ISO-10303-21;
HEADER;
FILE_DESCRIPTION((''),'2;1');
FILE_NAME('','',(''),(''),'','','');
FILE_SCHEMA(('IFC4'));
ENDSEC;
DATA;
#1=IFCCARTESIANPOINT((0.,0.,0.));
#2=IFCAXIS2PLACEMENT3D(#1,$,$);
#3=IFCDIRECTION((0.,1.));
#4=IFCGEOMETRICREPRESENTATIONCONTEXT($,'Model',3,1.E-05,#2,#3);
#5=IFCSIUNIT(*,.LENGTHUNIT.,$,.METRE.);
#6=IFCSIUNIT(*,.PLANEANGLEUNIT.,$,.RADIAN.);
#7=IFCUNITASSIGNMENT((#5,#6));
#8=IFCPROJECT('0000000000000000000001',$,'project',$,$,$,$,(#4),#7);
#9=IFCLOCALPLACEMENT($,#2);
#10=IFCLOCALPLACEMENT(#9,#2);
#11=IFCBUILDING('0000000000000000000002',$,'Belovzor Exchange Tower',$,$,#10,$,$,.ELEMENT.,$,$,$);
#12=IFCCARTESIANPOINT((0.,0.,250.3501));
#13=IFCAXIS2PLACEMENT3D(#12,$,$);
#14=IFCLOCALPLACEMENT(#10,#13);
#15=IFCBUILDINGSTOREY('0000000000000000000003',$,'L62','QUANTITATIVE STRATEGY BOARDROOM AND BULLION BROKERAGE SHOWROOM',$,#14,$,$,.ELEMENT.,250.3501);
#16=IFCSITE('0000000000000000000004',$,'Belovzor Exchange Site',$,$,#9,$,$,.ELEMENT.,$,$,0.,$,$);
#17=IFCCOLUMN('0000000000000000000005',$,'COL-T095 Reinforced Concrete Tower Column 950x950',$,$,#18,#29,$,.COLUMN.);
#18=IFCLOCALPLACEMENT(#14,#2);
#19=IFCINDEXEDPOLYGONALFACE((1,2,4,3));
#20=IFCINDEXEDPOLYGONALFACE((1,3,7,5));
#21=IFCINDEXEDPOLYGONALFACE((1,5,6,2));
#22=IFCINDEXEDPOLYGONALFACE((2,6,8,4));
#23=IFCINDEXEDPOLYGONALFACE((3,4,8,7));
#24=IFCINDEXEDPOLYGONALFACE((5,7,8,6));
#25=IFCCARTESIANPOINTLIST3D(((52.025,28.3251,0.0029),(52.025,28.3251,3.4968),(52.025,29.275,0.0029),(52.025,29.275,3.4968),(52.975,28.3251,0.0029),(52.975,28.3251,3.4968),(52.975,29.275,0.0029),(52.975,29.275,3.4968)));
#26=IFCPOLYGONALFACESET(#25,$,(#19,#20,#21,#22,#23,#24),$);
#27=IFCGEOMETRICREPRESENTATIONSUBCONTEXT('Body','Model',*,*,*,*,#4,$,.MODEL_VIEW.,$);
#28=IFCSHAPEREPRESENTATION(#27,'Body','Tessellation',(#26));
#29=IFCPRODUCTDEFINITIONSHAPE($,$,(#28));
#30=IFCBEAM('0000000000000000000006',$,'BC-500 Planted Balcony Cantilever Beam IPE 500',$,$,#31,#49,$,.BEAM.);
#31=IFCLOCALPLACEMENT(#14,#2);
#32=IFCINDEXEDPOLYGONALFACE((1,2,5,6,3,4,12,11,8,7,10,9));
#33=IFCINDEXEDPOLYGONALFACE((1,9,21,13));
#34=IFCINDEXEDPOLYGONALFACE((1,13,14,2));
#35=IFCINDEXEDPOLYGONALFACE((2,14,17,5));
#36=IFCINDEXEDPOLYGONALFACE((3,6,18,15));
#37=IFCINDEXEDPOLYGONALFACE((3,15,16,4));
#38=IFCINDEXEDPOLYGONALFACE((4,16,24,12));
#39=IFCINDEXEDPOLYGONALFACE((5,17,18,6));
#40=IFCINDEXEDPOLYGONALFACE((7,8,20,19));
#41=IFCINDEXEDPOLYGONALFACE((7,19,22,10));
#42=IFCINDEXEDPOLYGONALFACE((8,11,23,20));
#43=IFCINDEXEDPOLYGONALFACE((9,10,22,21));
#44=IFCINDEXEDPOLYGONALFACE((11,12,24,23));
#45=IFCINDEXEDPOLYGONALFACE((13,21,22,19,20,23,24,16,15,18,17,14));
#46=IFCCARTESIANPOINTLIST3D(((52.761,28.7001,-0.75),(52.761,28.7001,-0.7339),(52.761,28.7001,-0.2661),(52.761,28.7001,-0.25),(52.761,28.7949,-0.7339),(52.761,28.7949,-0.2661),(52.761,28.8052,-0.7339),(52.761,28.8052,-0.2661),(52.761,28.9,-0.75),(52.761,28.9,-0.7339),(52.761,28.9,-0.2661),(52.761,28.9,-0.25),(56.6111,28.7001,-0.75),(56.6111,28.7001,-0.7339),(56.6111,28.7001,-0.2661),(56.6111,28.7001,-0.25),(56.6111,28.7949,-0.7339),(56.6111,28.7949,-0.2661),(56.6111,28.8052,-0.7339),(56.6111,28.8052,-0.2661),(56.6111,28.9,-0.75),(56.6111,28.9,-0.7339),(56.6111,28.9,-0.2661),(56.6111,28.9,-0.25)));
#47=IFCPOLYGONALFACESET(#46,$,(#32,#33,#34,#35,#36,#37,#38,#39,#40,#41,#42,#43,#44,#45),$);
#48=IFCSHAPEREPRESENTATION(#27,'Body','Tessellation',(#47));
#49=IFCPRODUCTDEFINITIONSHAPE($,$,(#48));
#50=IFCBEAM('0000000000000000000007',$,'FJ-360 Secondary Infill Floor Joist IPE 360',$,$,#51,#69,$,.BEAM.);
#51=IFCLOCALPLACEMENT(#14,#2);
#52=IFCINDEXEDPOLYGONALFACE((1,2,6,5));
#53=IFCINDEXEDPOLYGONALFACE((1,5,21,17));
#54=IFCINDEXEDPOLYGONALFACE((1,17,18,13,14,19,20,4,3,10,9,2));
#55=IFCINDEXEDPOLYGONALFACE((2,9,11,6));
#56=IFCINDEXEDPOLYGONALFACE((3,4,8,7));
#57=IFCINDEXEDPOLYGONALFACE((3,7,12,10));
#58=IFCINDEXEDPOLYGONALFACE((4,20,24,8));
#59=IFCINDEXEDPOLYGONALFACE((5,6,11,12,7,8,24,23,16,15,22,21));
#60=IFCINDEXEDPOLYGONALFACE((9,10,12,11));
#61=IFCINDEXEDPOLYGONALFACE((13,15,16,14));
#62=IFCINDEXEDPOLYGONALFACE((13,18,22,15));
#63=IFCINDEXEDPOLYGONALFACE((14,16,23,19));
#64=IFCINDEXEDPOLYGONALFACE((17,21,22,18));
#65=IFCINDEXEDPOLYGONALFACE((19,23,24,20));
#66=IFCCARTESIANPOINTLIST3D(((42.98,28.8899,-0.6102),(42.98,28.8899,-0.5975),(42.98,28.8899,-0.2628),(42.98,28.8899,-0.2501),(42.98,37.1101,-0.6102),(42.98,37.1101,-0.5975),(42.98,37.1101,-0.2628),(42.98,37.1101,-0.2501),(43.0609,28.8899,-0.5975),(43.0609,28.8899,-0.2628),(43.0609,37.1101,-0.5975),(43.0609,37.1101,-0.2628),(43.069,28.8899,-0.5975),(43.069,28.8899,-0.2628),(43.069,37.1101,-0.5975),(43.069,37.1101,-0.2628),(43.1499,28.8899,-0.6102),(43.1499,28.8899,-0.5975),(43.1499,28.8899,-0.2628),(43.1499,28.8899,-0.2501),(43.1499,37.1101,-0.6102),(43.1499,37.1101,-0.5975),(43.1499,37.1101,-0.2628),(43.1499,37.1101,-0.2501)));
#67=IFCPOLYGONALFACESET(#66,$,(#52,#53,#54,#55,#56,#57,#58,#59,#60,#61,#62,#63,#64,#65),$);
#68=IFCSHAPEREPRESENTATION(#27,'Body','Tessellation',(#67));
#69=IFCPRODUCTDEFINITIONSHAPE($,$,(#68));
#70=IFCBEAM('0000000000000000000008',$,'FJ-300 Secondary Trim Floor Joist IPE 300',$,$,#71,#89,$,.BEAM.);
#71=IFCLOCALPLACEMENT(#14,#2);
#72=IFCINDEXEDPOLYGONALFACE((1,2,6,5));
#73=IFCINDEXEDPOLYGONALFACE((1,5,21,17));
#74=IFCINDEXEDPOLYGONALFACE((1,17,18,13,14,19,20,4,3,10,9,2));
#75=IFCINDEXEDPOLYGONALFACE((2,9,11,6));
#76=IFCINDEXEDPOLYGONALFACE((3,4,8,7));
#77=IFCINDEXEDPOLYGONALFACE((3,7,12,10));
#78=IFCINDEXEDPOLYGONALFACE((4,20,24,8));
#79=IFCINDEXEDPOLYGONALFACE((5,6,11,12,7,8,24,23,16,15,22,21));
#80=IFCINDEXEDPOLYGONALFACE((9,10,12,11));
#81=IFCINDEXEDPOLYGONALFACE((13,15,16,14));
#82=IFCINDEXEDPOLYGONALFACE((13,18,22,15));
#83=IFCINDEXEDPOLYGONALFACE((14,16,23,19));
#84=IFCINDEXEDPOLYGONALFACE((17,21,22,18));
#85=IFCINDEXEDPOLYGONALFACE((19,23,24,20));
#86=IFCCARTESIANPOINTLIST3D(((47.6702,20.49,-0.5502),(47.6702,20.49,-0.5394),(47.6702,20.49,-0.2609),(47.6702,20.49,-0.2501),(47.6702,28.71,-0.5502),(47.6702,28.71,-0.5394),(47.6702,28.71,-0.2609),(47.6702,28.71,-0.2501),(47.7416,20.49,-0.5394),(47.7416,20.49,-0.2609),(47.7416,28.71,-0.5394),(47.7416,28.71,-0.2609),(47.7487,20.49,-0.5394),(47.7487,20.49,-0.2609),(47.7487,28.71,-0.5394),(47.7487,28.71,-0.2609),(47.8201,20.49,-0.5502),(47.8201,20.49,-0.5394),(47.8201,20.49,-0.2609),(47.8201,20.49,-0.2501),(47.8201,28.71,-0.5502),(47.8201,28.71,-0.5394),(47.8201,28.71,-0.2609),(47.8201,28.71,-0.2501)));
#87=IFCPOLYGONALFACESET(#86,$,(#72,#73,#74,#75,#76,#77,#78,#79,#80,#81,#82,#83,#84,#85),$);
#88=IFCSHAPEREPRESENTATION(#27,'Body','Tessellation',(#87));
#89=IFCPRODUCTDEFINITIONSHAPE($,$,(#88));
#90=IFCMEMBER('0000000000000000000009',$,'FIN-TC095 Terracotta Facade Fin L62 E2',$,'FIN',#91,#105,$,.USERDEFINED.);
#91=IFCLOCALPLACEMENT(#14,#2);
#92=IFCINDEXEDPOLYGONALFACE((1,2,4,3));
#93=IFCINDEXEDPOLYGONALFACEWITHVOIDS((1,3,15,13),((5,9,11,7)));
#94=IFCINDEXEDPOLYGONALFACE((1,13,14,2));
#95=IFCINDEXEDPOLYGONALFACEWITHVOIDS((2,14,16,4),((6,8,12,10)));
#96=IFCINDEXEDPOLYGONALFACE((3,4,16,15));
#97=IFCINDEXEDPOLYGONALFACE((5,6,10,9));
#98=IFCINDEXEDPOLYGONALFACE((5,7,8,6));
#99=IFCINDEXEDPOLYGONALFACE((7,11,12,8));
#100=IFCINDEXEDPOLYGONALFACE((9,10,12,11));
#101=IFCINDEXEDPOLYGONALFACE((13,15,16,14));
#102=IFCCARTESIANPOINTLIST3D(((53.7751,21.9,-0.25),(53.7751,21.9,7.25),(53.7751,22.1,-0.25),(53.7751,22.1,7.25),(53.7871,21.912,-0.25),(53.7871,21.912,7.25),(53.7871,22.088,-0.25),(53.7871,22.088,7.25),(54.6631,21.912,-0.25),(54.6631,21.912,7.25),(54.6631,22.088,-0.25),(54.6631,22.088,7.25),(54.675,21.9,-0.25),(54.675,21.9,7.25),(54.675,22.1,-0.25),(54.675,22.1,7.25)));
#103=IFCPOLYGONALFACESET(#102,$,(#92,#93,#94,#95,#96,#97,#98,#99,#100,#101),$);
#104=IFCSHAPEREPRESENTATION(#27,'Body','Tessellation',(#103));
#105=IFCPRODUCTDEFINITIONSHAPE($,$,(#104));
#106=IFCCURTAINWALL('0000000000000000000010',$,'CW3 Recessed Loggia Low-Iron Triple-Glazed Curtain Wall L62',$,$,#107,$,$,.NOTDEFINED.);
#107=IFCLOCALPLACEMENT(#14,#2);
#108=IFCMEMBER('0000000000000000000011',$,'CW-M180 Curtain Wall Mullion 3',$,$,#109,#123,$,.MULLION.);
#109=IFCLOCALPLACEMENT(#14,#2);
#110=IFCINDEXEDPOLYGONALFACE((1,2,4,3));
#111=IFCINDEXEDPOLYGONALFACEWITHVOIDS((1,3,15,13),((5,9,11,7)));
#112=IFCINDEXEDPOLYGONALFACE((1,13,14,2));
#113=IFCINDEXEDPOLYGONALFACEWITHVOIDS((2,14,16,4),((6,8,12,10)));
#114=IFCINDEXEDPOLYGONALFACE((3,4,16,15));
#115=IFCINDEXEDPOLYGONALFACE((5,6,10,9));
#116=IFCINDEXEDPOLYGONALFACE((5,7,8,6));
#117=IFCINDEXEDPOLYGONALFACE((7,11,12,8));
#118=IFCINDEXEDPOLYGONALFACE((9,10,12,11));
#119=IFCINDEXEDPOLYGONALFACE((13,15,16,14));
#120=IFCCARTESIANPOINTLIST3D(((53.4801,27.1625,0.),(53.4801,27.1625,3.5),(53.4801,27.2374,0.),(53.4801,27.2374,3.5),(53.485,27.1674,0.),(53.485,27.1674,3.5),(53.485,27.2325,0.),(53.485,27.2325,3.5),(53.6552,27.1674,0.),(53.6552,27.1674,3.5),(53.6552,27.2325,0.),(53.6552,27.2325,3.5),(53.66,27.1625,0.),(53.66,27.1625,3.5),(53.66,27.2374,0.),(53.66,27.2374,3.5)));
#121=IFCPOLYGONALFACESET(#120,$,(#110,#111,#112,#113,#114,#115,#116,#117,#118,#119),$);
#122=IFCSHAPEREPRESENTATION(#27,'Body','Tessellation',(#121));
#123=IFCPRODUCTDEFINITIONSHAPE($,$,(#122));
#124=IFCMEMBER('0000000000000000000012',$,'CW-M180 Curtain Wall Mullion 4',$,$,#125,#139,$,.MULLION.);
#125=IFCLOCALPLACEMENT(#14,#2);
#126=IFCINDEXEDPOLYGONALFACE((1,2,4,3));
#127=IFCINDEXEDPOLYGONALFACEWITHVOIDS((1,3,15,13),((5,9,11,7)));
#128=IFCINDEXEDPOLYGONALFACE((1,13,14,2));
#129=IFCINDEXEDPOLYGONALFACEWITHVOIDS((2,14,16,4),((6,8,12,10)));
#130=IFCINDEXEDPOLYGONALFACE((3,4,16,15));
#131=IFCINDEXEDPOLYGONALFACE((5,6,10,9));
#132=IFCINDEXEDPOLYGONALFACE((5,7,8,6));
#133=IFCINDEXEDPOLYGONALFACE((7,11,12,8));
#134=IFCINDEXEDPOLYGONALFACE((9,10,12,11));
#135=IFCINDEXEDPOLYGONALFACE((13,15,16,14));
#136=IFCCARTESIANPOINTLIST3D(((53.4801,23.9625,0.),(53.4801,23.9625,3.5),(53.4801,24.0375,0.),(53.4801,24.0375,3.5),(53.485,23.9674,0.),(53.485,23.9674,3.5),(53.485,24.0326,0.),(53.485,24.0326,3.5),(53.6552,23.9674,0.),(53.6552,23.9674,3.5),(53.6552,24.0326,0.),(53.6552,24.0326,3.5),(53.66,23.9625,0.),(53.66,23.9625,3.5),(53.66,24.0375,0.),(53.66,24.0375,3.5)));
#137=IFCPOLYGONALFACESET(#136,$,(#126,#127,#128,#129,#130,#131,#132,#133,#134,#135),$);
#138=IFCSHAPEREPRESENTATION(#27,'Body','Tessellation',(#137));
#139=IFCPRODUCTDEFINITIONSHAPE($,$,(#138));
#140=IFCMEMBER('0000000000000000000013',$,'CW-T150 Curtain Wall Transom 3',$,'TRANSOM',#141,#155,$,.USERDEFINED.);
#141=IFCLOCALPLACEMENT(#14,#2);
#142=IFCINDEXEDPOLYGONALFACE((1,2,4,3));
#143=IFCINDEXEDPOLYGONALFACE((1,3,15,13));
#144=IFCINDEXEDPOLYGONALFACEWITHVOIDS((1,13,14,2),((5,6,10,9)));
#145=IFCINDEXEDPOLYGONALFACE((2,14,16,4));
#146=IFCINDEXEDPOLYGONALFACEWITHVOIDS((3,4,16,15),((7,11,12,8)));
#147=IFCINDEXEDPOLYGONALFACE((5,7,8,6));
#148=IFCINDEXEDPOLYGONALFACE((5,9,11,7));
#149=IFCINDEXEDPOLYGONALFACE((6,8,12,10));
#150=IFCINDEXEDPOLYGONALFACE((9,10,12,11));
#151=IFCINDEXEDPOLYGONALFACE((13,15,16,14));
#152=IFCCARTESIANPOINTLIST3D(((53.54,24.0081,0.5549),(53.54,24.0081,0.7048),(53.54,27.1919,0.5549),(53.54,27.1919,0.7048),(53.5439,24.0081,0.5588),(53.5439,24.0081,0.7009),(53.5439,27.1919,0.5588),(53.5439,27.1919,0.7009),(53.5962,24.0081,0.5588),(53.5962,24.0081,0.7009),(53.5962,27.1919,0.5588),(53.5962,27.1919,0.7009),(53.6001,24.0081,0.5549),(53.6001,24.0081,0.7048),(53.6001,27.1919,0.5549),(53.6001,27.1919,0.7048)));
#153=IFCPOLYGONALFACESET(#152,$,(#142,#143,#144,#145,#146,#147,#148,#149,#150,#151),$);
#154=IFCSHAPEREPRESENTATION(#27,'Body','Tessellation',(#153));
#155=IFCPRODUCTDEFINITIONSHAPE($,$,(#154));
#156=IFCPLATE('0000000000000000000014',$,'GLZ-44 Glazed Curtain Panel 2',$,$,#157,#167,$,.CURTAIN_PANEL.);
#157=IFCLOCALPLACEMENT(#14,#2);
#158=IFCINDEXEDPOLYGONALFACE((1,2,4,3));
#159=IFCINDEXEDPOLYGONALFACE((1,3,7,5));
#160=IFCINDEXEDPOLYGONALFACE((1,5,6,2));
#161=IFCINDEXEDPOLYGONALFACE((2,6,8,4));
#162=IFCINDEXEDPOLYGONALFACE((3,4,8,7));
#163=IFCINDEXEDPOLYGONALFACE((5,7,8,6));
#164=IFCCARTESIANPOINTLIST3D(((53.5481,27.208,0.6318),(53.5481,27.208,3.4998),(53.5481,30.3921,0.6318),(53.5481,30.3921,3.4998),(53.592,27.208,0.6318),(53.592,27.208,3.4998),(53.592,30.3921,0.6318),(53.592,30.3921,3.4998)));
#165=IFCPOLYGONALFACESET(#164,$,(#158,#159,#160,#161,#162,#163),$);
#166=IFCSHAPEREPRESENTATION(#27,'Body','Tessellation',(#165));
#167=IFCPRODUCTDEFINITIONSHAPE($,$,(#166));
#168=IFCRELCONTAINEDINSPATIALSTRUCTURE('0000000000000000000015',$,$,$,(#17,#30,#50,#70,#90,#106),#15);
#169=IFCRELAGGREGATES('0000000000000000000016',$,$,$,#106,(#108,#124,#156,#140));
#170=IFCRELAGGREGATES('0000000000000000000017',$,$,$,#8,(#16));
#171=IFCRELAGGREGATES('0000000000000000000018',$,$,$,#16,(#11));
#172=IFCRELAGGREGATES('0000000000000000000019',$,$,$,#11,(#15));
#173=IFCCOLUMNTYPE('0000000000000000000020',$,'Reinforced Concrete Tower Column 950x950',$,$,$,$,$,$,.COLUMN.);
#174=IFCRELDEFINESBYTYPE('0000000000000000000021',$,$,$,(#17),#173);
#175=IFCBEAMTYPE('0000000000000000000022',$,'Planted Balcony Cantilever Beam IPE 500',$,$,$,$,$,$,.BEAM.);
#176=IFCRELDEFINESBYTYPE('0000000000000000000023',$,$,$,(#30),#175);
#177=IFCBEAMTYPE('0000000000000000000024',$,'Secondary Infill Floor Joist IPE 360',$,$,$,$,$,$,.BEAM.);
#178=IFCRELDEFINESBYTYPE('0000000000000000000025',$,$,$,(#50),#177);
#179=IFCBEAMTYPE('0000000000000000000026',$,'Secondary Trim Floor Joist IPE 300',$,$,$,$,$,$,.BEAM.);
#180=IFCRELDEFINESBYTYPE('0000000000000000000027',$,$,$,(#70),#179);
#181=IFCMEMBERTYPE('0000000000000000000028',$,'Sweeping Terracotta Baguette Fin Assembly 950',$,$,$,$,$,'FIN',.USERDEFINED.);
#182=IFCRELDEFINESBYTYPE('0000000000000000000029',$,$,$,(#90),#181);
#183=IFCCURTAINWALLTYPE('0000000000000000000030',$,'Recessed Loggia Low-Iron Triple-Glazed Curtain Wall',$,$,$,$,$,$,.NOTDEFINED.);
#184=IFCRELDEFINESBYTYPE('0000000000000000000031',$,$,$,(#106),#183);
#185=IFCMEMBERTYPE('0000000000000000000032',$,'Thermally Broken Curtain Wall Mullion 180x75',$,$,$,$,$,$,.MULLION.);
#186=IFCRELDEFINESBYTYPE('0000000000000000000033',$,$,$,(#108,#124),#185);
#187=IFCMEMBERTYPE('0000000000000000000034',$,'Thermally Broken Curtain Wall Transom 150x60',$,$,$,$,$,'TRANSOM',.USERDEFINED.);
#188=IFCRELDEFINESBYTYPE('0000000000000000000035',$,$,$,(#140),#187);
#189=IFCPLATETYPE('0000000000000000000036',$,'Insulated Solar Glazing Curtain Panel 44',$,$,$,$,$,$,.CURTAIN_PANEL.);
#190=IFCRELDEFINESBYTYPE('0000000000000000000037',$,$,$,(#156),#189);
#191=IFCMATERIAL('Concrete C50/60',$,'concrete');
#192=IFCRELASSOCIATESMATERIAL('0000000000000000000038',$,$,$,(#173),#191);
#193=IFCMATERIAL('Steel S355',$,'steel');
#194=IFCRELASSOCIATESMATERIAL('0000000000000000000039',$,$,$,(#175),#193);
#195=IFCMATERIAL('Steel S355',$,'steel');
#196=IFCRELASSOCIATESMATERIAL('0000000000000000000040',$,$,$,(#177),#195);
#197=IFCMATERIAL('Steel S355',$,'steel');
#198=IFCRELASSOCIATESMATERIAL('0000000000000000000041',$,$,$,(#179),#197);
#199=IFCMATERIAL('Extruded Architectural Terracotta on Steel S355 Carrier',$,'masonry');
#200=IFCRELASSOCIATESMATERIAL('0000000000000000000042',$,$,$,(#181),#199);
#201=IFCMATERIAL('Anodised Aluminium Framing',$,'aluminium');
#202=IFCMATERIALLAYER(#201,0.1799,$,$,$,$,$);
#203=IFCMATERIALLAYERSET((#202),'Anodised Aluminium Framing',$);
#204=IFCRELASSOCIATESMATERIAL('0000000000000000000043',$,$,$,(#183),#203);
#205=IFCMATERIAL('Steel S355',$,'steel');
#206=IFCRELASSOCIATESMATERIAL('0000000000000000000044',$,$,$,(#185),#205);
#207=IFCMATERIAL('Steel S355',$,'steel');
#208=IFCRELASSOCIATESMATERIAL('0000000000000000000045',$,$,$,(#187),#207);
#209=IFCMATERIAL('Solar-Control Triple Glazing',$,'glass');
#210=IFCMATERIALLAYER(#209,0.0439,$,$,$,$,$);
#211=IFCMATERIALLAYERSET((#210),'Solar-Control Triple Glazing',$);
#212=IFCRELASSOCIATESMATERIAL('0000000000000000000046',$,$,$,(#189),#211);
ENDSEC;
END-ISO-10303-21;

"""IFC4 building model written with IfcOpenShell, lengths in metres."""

from ifc_helpers import new_model, si_unit, direction, frame, origin, origin_2d, place, context, subcontext, project, spatial, rectangle, hollow_rectangle, i_section, extrude, material, layer, layer_set, material_profile, profile_set, type_object, element, aggregate, save


model = new_model("IFC4")

# Units and contexts
model_context = context("Model", 3, precision=1e-05, world=origin(), true_north=direction((0.0, 1.0)))
body_context = subcontext(model_context, "Body", "Model", "MODEL_VIEW")
ifc_project = project(units=[si_unit("LENGTHUNIT", "METRE"), si_unit("PLANEANGLEUNIT", "RADIAN")], contexts=[model_context])

# Site, building, storey
site_placement = place(None, origin())
site = spatial("IfcSite", under=ifc_project, at=site_placement, Name="Belovzor Exchange Site", CompositionType="ELEMENT", RefElevation=0.0)
building_placement = place(site_placement, origin())
building = spatial("IfcBuilding", under=site, at=building_placement, Name="Belovzor Exchange Tower", CompositionType="ELEMENT")
storey_placement = place(building_placement, frame((0.0, 0.0, 250.3501)))
storey = spatial("IfcBuildingStorey", under=building, at=storey_placement, Name="L62", Description="QUANTITATIVE STRATEGY BOARDROOM AND BULLION BROKERAGE SHOWROOM", CompositionType="ELEMENT", Elevation=250.3501)

# Column
ifc_material_1 = material(Name="Concrete C50/60", Category="concrete")
ifc_material_profile_1 = material_profile(ifc_material_1, rectangle(XDim=0.95, YDim=0.95, at=origin_2d()))
ifc_profile_set_1 = profile_set([ifc_material_profile_1], Name="Concrete C50/60")
column_type = type_object("IfcColumnType", Name="Reinforced Concrete Tower Column 950x950", PredefinedType="COLUMN", material=ifc_profile_set_1)
column_placement = place(storey_placement, frame((52.5, 28.8, 0.0029), z_axis=(0.0, 0.0, 1.0), x_axis=(1.0, 0.0, 0.0)))
element("IfcColumn", 1, at=column_placement, inside=storey, type_object=column_type, Name="COL-T095 Reinforced Concrete Tower Column 950x950", PredefinedType="COLUMN", context=body_context, shape_type="SweptSolid", body=[
    extrude(rectangle(XDim=0.95, YDim=0.95, at=origin_2d()), origin(), (0.0, 0.0, 1.0), 3.4939),
])

# Beams
ifc_material_2 = material(Name="Steel S355", Category="steel")
ifc_material_profile_2 = material_profile(ifc_material_2, i_section(OverallWidth=0.2, OverallDepth=0.5, WebThickness=0.0103, FlangeThickness=0.0161, at=origin_2d()))
ifc_profile_set_2 = profile_set([ifc_material_profile_2], Name="Steel S355")
beam_type_1 = type_object("IfcBeamType", Name="Planted Balcony Cantilever Beam IPE 500", PredefinedType="BEAM", material=ifc_profile_set_2)
beam_1_placement = place(storey_placement, frame((52.761, 28.8, -0.5), z_axis=(1.0, 0.0, 0.0), x_axis=(0.0, 1.0, 0.0)))
element("IfcBeam", 2, at=beam_1_placement, inside=storey, type_object=beam_type_1, Name="BC-500 Planted Balcony Cantilever Beam IPE 500", PredefinedType="BEAM", context=body_context, shape_type="SweptSolid", body=[
    extrude(i_section(OverallWidth=0.2, OverallDepth=0.5, WebThickness=0.0103, FlangeThickness=0.0161, at=origin_2d()), origin(), (0.0, 0.0, 1.0), 3.8501),
])
ifc_material_3 = material(Name="Steel S355", Category="steel")
ifc_material_profile_3 = material_profile(ifc_material_3, i_section(OverallWidth=0.1699, OverallDepth=0.3601, WebThickness=0.0081, FlangeThickness=0.0127, at=origin_2d()))
ifc_profile_set_3 = profile_set([ifc_material_profile_3], Name="Steel S355")
beam_type_2 = type_object("IfcBeamType", Name="Secondary Infill Floor Joist IPE 360", PredefinedType="BEAM", material=ifc_profile_set_3)
beam_2_placement = place(storey_placement, frame((43.0649, 28.8899, -0.4302), z_axis=(0.0, 1.0, 0.0), x_axis=(-1.0, 0.0, 0.0)))
element("IfcBeam", 3, at=beam_2_placement, inside=storey, type_object=beam_type_2, Name="FJ-360 Secondary Infill Floor Joist IPE 360", PredefinedType="BEAM", context=body_context, shape_type="SweptSolid", body=[
    extrude(i_section(OverallWidth=0.1699, OverallDepth=0.3601, WebThickness=0.0081, FlangeThickness=0.0127, at=origin_2d()), origin(), (0.0, 0.0, 1.0), 8.2202),
])
ifc_material_4 = material(Name="Steel S355", Category="steel")
ifc_material_profile_4 = material_profile(ifc_material_4, i_section(OverallWidth=0.1499, OverallDepth=0.3, WebThickness=0.0071, FlangeThickness=0.0107, at=origin_2d()))
ifc_profile_set_4 = profile_set([ifc_material_profile_4], Name="Steel S355")
beam_type_3 = type_object("IfcBeamType", Name="Secondary Trim Floor Joist IPE 300", PredefinedType="BEAM", material=ifc_profile_set_4)
beam_3_placement = place(storey_placement, frame((47.7451, 20.49, -0.4001), z_axis=(0.0, 1.0, 0.0), x_axis=(-1.0, 0.0, 0.0)))
element("IfcBeam", 4, at=beam_3_placement, inside=storey, type_object=beam_type_3, Name="FJ-300 Secondary Trim Floor Joist IPE 300", PredefinedType="BEAM", context=body_context, shape_type="SweptSolid", body=[
    extrude(i_section(OverallWidth=0.1499, OverallDepth=0.3, WebThickness=0.0071, FlangeThickness=0.0107, at=origin_2d()), origin(), (0.0, 0.0, 1.0), 8.22),
])

# Member
ifc_material_5 = material(Name="Extruded Architectural Terracotta on Steel S355 Carrier", Category="masonry")
ifc_material_profile_5 = material_profile(ifc_material_5, hollow_rectangle(XDim=0.2, YDim=0.8999, WallThickness=0.012, at=origin_2d()))
ifc_profile_set_5 = profile_set([ifc_material_profile_5], Name="Extruded Architectural Terracotta on Steel S355 Carrier")
member_type_1 = type_object("IfcMemberType", Name="Sweeping Terracotta Baguette Fin Assembly 950", ElementType="FIN", PredefinedType="USERDEFINED", material=ifc_profile_set_5)
member_1_placement = place(storey_placement, frame((54.2251, 22.0, -0.25), z_axis=(0.0, 0.0, 1.0), x_axis=(0.0, 1.0, 0.0)))
element("IfcMember", 5, at=member_1_placement, inside=storey, type_object=member_type_1, Name="FIN-TC095 Terracotta Facade Fin L62 E2", ObjectType="FIN", PredefinedType="USERDEFINED", context=body_context, shape_type="SweptSolid", body=[
    extrude(hollow_rectangle(XDim=0.2, YDim=0.8999, WallThickness=0.012, at=origin_2d()), origin(), (0.0, 0.0, 1.0), 7.5),
])

# Curtain wall, members, plate
ifc_material_6 = material(Name="Anodised Aluminium Framing", Category="aluminium")
ifc_layer_1 = layer(ifc_material_6, 0.1799)
ifc_layer_set_1 = layer_set([ifc_layer_1], Name="Anodised Aluminium Framing")
curtain_wall_type = type_object("IfcCurtainWallType", Name="Recessed Loggia Low-Iron Triple-Glazed Curtain Wall", PredefinedType="NOTDEFINED", material=ifc_layer_set_1)
curtain_wall_placement = place(storey_placement, origin())
curtain_wall = element("IfcCurtainWall", 6, at=curtain_wall_placement, inside=storey, type_object=curtain_wall_type, Name="CW3 Recessed Loggia Low-Iron Triple-Glazed Curtain Wall L62", PredefinedType="NOTDEFINED")
ifc_material_7 = material(Name="Steel S355", Category="steel")
ifc_material_profile_6 = material_profile(ifc_material_7, hollow_rectangle(XDim=0.075, YDim=0.1799, WallThickness=0.0049, at=origin_2d()))
ifc_profile_set_6 = profile_set([ifc_material_profile_6], Name="Steel S355")
member_type_2 = type_object("IfcMemberType", Name="Thermally Broken Curtain Wall Mullion 180x75", PredefinedType="MULLION", material=ifc_profile_set_6)
member_2_placement = place(storey_placement, frame((53.5701, 27.2, 0.0), z_axis=(0.0, 0.0, 1.0), x_axis=(0.0, -1.0, 0.0)))
member_2 = element("IfcMember", 7, at=member_2_placement, type_object=member_type_2, Name="CW-M180 Curtain Wall Mullion 3", PredefinedType="MULLION", context=body_context, shape_type="SweptSolid", body=[
    extrude(hollow_rectangle(XDim=0.075, YDim=0.1799, WallThickness=0.0049, at=origin_2d()), origin(), (0.0, 0.0, 1.0), 3.5),
])
member_3_placement = place(storey_placement, frame((53.5701, 24.0, 0.0), z_axis=(0.0, 0.0, 1.0), x_axis=(0.0, -1.0, 0.0)))
member_3 = element("IfcMember", 8, at=member_3_placement, type_object=member_type_2, Name="CW-M180 Curtain Wall Mullion 4", PredefinedType="MULLION", context=body_context, shape_type="SweptSolid", body=[
    extrude(hollow_rectangle(XDim=0.075, YDim=0.1799, WallThickness=0.0049, at=origin_2d()), origin(), (0.0, 0.0, 1.0), 3.5),
])
ifc_material_8 = material(Name="Steel S355", Category="steel")
ifc_material_profile_7 = material_profile(ifc_material_8, hollow_rectangle(XDim=0.0601, YDim=0.1499, WallThickness=0.0039, at=origin_2d()))
ifc_profile_set_7 = profile_set([ifc_material_profile_7], Name="Steel S355")
member_type_3 = type_object("IfcMemberType", Name="Thermally Broken Curtain Wall Transom 150x60", ElementType="TRANSOM", PredefinedType="USERDEFINED", material=ifc_profile_set_7)
member_4_placement = place(storey_placement, frame((53.5701, 27.1919, 0.6299), z_axis=(0.0, -1.0, 0.0), x_axis=(1.0, 0.0, 0.0)))
member_4 = element("IfcMember", 9, at=member_4_placement, type_object=member_type_3, Name="CW-T150 Curtain Wall Transom 3", ObjectType="TRANSOM", PredefinedType="USERDEFINED", context=body_context, shape_type="SweptSolid", body=[
    extrude(hollow_rectangle(XDim=0.0601, YDim=0.1499, WallThickness=0.0039, at=origin_2d()), origin(), (0.0, 0.0, 1.0), 3.1838),
])
ifc_material_9 = material(Name="Solar-Control Triple Glazing", Category="glass")
ifc_layer_2 = layer(ifc_material_9, 0.0439)
ifc_layer_set_2 = layer_set([ifc_layer_2], Name="Solar-Control Triple Glazing")
plate_type_1 = type_object("IfcPlateType", Name="Insulated Solar Glazing Curtain Panel 44", PredefinedType="CURTAIN_PANEL", material=ifc_layer_set_2)
plate_1_placement = place(storey_placement, frame((53.5701, 28.8, 0.6318), z_axis=(0.0, 0.0, 1.0), x_axis=(0.0, -1.0, 0.0)))
plate_1 = element("IfcPlate", 10, at=plate_1_placement, type_object=plate_type_1, Name="GLZ-44 Glazed Curtain Panel 2", PredefinedType="CURTAIN_PANEL", context=body_context, shape_type="SweptSolid", body=[
    extrude(rectangle(XDim=3.1841, YDim=0.0439, at=origin_2d()), origin(), (0.0, 0.0, 1.0), 2.8679),
])
aggregate(curtain_wall, [member_2, member_3, plate_1, member_4])

save(model, "model.ifc")
